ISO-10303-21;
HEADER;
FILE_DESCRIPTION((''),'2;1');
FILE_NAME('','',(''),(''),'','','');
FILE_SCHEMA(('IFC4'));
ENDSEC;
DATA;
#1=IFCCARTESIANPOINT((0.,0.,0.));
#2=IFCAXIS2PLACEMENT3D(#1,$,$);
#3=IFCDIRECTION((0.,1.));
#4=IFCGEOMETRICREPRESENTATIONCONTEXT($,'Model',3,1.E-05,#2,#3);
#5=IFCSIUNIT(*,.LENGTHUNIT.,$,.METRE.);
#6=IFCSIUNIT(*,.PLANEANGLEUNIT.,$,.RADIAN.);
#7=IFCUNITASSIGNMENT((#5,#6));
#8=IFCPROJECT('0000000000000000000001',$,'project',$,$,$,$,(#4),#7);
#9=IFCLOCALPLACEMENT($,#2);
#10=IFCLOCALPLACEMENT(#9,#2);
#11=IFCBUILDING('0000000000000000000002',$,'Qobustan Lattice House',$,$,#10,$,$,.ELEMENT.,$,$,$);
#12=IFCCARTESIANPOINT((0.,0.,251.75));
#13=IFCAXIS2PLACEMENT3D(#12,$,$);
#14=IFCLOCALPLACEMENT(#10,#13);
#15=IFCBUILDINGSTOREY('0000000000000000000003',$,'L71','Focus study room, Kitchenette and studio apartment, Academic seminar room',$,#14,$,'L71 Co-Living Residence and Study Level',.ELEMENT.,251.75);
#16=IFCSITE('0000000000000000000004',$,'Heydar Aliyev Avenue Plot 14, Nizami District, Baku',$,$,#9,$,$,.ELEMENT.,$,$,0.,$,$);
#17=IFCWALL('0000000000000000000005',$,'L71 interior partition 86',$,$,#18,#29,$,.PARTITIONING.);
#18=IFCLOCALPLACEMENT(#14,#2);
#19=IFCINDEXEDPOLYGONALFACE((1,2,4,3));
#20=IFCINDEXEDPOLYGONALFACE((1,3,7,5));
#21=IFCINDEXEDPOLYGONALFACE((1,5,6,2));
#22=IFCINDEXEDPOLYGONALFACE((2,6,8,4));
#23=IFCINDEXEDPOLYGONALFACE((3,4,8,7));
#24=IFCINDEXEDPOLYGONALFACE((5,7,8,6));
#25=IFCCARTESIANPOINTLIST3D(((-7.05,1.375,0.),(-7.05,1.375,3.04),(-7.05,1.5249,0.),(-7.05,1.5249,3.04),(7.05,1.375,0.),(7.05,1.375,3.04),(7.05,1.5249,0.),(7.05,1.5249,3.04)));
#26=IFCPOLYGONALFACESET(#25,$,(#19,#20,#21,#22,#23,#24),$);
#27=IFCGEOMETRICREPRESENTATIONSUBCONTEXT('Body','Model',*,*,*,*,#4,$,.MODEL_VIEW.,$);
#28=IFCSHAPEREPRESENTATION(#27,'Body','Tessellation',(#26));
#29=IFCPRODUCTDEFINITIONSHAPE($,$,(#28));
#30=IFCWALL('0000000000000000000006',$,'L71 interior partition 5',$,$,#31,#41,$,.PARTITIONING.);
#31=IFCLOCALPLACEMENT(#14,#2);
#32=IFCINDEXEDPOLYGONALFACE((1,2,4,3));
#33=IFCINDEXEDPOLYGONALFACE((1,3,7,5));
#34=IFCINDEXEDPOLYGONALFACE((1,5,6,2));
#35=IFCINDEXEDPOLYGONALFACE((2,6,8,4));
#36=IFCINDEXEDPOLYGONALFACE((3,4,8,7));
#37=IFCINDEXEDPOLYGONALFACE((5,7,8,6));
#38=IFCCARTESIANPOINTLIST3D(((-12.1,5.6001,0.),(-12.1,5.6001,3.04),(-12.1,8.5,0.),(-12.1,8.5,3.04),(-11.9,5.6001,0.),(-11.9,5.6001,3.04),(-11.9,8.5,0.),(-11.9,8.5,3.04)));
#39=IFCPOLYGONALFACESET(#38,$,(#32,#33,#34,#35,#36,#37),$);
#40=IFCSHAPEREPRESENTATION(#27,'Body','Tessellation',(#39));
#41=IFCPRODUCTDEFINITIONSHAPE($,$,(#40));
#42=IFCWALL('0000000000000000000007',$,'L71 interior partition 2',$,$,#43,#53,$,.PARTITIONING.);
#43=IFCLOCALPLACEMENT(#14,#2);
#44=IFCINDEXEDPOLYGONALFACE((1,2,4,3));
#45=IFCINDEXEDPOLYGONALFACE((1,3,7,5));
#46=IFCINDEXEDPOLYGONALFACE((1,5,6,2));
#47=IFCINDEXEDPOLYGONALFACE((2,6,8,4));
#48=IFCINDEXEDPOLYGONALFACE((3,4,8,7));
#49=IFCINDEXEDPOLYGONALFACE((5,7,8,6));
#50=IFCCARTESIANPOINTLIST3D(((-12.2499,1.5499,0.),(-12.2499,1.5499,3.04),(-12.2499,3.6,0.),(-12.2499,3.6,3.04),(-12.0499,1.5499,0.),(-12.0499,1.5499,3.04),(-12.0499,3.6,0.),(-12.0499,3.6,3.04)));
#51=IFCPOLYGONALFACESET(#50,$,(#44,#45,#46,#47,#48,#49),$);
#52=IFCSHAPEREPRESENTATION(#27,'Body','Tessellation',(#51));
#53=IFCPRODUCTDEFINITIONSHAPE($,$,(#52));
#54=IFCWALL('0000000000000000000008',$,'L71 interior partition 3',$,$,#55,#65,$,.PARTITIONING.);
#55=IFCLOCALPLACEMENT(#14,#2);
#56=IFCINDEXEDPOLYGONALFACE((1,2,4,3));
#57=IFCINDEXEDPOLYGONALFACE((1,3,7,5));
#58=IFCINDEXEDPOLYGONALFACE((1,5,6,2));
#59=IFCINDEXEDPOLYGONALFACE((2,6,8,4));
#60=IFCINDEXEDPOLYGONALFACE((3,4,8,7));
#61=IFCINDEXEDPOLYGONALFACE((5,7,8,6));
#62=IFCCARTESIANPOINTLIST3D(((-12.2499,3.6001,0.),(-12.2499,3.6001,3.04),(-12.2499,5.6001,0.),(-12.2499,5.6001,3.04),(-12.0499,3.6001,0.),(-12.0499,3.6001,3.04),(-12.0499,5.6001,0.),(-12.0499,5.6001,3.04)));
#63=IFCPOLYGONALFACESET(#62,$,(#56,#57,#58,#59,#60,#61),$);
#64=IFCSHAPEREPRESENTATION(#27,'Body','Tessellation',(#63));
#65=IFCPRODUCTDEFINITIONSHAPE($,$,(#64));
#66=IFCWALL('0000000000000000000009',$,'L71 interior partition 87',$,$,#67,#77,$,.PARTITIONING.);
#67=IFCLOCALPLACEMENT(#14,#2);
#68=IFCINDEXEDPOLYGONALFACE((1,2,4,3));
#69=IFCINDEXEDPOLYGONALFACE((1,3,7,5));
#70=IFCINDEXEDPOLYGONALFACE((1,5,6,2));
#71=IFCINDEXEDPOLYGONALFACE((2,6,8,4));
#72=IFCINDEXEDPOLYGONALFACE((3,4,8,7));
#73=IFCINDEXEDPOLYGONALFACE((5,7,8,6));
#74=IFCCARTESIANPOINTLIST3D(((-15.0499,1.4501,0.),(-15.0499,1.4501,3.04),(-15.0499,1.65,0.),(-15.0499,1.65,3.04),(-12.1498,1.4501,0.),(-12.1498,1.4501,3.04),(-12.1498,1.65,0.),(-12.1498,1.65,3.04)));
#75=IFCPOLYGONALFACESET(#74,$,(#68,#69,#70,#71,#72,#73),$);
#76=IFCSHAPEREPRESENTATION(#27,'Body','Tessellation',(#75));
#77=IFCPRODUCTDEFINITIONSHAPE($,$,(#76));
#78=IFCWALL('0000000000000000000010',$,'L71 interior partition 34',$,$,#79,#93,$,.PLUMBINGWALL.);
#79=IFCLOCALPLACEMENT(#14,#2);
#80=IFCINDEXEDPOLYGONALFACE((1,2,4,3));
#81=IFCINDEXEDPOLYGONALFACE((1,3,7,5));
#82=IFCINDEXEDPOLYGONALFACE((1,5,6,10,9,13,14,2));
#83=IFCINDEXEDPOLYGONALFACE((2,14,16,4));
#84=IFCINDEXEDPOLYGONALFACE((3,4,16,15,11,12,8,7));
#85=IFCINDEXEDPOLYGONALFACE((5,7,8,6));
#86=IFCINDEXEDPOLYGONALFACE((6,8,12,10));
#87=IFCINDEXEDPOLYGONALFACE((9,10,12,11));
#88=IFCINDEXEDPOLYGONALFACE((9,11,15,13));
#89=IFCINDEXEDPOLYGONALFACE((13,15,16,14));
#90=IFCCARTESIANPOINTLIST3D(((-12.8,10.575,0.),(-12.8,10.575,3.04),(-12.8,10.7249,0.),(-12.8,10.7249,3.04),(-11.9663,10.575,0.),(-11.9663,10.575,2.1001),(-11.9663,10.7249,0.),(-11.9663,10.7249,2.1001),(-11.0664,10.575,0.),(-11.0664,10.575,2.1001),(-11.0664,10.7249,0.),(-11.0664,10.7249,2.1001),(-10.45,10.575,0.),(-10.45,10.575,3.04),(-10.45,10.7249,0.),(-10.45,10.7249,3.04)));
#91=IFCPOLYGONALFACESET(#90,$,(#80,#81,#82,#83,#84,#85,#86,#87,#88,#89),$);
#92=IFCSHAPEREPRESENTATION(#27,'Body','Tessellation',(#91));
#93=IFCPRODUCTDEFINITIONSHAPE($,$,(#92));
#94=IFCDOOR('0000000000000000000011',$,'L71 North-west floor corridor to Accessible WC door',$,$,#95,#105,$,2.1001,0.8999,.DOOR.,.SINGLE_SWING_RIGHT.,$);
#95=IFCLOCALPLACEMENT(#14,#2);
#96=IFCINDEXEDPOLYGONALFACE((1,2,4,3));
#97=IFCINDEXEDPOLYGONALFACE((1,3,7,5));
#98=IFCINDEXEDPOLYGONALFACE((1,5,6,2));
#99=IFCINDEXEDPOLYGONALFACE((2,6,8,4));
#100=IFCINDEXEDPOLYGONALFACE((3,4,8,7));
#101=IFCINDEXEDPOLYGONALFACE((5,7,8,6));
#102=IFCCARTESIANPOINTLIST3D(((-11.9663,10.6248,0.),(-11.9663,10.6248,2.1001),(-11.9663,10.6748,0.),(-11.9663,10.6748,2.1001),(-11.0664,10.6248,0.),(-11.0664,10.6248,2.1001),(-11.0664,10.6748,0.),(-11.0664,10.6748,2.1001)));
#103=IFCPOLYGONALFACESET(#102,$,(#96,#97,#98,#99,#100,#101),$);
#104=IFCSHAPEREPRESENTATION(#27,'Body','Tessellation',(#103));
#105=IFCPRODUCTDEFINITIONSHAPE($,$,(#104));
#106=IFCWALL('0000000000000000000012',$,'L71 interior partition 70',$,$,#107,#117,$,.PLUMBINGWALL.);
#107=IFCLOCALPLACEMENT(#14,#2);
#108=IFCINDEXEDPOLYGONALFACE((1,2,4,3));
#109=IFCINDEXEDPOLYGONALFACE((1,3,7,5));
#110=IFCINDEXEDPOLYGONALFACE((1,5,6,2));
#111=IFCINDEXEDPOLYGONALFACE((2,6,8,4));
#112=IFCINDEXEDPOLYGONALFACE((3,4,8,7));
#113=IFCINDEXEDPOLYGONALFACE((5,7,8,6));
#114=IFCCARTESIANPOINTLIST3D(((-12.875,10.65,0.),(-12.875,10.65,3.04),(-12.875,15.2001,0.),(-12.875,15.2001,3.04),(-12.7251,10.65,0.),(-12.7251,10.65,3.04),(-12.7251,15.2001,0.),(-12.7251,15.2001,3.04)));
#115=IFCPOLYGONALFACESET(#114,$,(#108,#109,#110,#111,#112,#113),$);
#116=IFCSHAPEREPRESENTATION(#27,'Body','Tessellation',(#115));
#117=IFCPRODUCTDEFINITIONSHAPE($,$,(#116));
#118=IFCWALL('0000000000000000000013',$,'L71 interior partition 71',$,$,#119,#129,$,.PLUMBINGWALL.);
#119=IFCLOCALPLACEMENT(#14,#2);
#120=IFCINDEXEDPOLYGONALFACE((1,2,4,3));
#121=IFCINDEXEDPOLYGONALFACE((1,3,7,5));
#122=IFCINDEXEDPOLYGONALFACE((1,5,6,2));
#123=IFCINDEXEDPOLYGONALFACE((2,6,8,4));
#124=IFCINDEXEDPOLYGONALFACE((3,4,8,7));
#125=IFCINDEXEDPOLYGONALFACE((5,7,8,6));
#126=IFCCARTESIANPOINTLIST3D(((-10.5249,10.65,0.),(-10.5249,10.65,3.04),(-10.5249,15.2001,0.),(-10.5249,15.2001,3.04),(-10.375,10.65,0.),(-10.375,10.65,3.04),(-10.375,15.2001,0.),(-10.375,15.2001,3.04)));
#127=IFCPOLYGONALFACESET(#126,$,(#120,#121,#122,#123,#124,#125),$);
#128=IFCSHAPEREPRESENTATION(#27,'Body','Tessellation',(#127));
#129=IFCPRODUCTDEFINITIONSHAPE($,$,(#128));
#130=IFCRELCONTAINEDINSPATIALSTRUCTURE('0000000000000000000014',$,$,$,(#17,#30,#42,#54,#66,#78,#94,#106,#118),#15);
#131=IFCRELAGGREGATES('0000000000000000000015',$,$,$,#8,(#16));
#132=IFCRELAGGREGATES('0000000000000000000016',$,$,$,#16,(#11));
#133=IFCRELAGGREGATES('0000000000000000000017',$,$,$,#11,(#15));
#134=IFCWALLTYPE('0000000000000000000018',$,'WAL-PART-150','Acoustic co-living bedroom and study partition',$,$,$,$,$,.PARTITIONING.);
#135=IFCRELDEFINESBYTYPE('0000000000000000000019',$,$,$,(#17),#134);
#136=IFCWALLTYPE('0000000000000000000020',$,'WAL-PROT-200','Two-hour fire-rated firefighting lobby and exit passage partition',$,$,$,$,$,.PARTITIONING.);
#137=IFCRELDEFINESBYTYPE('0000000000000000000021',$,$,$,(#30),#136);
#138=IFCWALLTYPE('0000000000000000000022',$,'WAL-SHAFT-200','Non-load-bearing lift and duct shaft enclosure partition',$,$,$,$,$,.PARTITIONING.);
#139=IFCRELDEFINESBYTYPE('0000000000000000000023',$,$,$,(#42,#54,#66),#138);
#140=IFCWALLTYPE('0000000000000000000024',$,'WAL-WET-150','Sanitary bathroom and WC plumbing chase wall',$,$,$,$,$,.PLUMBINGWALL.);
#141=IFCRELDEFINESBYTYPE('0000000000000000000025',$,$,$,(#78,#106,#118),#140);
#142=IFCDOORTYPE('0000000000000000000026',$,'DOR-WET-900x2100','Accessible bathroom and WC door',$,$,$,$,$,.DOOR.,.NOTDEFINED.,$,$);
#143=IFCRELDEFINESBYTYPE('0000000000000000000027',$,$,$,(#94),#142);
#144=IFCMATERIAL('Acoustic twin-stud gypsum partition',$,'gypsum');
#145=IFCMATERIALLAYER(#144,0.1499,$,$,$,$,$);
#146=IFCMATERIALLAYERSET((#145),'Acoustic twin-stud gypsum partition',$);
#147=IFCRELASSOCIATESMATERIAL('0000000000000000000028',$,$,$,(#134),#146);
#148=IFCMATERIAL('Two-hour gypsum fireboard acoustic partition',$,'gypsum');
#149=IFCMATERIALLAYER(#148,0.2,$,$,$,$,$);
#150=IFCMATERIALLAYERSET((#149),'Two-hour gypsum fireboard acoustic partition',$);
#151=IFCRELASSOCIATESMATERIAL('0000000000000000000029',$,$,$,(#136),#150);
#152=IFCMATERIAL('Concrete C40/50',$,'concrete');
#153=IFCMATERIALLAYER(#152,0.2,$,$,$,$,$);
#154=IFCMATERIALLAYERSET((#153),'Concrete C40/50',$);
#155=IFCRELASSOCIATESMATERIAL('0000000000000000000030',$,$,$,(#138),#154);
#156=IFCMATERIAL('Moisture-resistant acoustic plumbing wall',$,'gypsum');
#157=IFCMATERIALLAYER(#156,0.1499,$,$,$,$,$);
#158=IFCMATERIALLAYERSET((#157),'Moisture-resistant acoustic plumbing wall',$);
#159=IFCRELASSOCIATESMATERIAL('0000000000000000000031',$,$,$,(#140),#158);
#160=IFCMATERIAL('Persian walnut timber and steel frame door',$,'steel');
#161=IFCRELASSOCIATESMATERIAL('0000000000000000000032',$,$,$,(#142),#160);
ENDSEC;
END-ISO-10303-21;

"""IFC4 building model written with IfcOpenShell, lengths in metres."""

from ifc_helpers import new_model, si_unit, direction, frame, frame_2d, origin, place, context, subcontext, project, spatial, rectangle, extrude, material, layer, layer_set, type_object, element, fill, save


model = new_model("IFC4")

# Units and contexts
model_context = context("Model", 3, precision=1e-05, world=origin(), true_north=direction((0.0, 1.0)))
body_context = subcontext(model_context, "Body", "Model", "MODEL_VIEW")
ifc_project = project(units=[si_unit("LENGTHUNIT", "METRE"), si_unit("PLANEANGLEUNIT", "RADIAN")], contexts=[model_context])

# Site, building, storey
site_placement = place(None, origin())
site = spatial("IfcSite", under=ifc_project, at=site_placement, Name="Heydar Aliyev Avenue Plot 14, Nizami District, Baku", CompositionType="ELEMENT", RefElevation=0.0)
building_placement = place(site_placement, origin())
building = spatial("IfcBuilding", under=site, at=building_placement, Name="Qobustan Lattice House", CompositionType="ELEMENT")
storey_placement = place(building_placement, frame((0.0, 0.0, 251.75)))
storey = spatial("IfcBuildingStorey", under=building, at=storey_placement, Name="L71", Description="Focus study room, Kitchenette and studio apartment, Academic seminar room", LongName="L71 Co-Living Residence and Study Level", CompositionType="ELEMENT", Elevation=251.75)

# Shared definitions
ifc_material_1 = material(Name="Acoustic twin-stud gypsum partition", Category="gypsum")
ifc_layer_1 = layer(ifc_material_1, 0.1499)
ifc_layer_set_1 = layer_set([ifc_layer_1], Name="Acoustic twin-stud gypsum partition")
wall_type_1 = type_object("IfcWallType", Name="WAL-PART-150", Description="Acoustic co-living bedroom and study partition", PredefinedType="PARTITIONING", material=ifc_layer_set_1)

# Wall
wall_1_placement = place(storey_placement, frame((-7.05, 1.45, 0.0), z_axis=(0.0, 0.0, 1.0), x_axis=(1.0, 0.0, 0.0)))
element("IfcWall", 1, at=wall_1_placement, inside=storey, type_object=wall_type_1, Name="L71 interior partition 86", PredefinedType="PARTITIONING", context=body_context, shape_type="SweptSolid", body=[
    extrude(rectangle(XDim=14.1001, YDim=0.1499, at=frame_2d((7.05, 0.0))), origin(), (0.0, 0.0, 1.0), 3.04),
])

# Shared definitions
ifc_material_2 = material(Name="Two-hour gypsum fireboard acoustic partition", Category="gypsum")
ifc_layer_2 = layer(ifc_material_2, 0.2)
ifc_layer_set_2 = layer_set([ifc_layer_2], Name="Two-hour gypsum fireboard acoustic partition")
wall_type_2 = type_object("IfcWallType", Name="WAL-PROT-200", Description="Two-hour fire-rated firefighting lobby and exit passage partition", PredefinedType="PARTITIONING", material=ifc_layer_set_2)

# Walls
wall_2_placement = place(storey_placement, frame((-12.0, 5.6001, 0.0), z_axis=(0.0, 0.0, 1.0), x_axis=(0.0, 1.0, 0.0)))
element("IfcWall", 2, at=wall_2_placement, inside=storey, type_object=wall_type_2, Name="L71 interior partition 5", PredefinedType="PARTITIONING", context=body_context, shape_type="SweptSolid", body=[
    extrude(rectangle(XDim=2.8999, YDim=0.2, at=frame_2d((1.45, 0.0))), origin(), (0.0, 0.0, 1.0), 3.04),
])
ifc_material_3 = material(Name="Concrete C40/50", Category="concrete")
ifc_layer_3 = layer(ifc_material_3, 0.2)
ifc_layer_set_3 = layer_set([ifc_layer_3], Name="Concrete C40/50")
wall_type_3 = type_object("IfcWallType", Name="WAL-SHAFT-200", Description="Non-load-bearing lift and duct shaft enclosure partition", PredefinedType="PARTITIONING", material=ifc_layer_set_3)
wall_3_placement = place(storey_placement, frame((-12.1499, 1.55, 0.0), z_axis=(0.0, 0.0, 1.0), x_axis=(0.0, 1.0, 0.0)))
element("IfcWall", 3, at=wall_3_placement, inside=storey, type_object=wall_type_3, Name="L71 interior partition 2", PredefinedType="PARTITIONING", context=body_context, shape_type="SweptSolid", body=[
    extrude(rectangle(XDim=2.05, YDim=0.2, at=frame_2d((1.0249, 0.0))), origin(), (0.0, 0.0, 1.0), 3.04),
])
wall_4_placement = place(storey_placement, frame((-12.1499, 3.6001, 0.0), z_axis=(0.0, 0.0, 1.0), x_axis=(0.0, 1.0, 0.0)))
element("IfcWall", 4, at=wall_4_placement, inside=storey, type_object=wall_type_3, Name="L71 interior partition 3", PredefinedType="PARTITIONING", context=body_context, shape_type="SweptSolid", body=[
    extrude(rectangle(XDim=2.0, YDim=0.2, at=frame_2d((1.0, 0.0))), origin(), (0.0, 0.0, 1.0), 3.04),
])
wall_5_placement = place(storey_placement, frame((-15.05, 1.55, 0.0), z_axis=(0.0, 0.0, 1.0), x_axis=(1.0, 0.0, 0.0)))
element("IfcWall", 5, at=wall_5_placement, inside=storey, type_object=wall_type_3, Name="L71 interior partition 87", PredefinedType="PARTITIONING", context=body_context, shape_type="SweptSolid", body=[
    extrude(rectangle(XDim=2.9001, YDim=0.2, at=frame_2d((1.4502, 0.0))), origin(), (0.0, 0.0, 1.0), 3.04),
])

# Wall, opening, door
ifc_material_4 = material(Name="Moisture-resistant acoustic plumbing wall", Category="gypsum")
ifc_layer_4 = layer(ifc_material_4, 0.1499)
ifc_layer_set_4 = layer_set([ifc_layer_4], Name="Moisture-resistant acoustic plumbing wall")
wall_type_4 = type_object("IfcWallType", Name="WAL-WET-150", Description="Sanitary bathroom and WC plumbing chase wall", PredefinedType="PLUMBINGWALL", material=ifc_layer_set_4)
wall_6_placement = place(storey_placement, frame((-12.8, 10.6499, 0.0), z_axis=(0.0, 0.0, 1.0), x_axis=(1.0, 0.0, 0.0)))
wall_6 = element("IfcWall", 6, at=wall_6_placement, inside=storey, type_object=wall_type_4, Name="L71 interior partition 34", PredefinedType="PLUMBINGWALL", context=body_context, shape_type="SweptSolid", body=[
    extrude(rectangle(XDim=2.3501, YDim=0.1499, at=frame_2d((1.175, 0.0))), origin(), (0.0, 0.0, 1.0), 3.04),
])
opening_1_placement = place(wall_6_placement, frame((0.8337, 0.0, 0.0)))
opening_1 = element("IfcOpeningElement", 7, at=opening_1_placement, cuts=wall_6, PredefinedType="OPENING", context=body_context, shape_type="SweptSolid", body=[
    extrude(rectangle(XDim=0.8999, YDim=2.1001, at=frame_2d((0.45, 1.05))), frame((0.0, 0.085, 0.0), z_axis=(0.0, -1.0, 0.0), x_axis=(1.0, 0.0, 0.0)), (0.0, 0.0, 1.0), 0.1699),
])
ifc_material_5 = material(Name="Persian walnut timber and steel frame door", Category="steel")
door_type_1 = type_object("IfcDoorType", Name="DOR-WET-900x2100", Description="Accessible bathroom and WC door", OperationType="NOTDEFINED", PredefinedType="DOOR", material=ifc_material_5)
door_1_placement = place(opening_1_placement, origin())
door_1 = element("IfcDoor", 8, at=door_1_placement, inside=storey, type_object=door_type_1, Name="L71 North-west floor corridor to Accessible WC door", OperationType="SINGLE_SWING_RIGHT", OverallHeight=2.1001, OverallWidth=0.8999, PredefinedType="DOOR", context=body_context, shape_type="SweptSolid", body=[
    extrude(rectangle(XDim=0.8999, YDim=2.1001, at=frame_2d((0.45, 1.05))), frame((0.0, 0.0249, 0.0), z_axis=(0.0, -1.0, 0.0), x_axis=(1.0, 0.0, 0.0)), (0.0, 0.0, 1.0), 0.05),
])
fill(opening_1, door_1)

# Walls
for number, where, z_axis, x_axis, name in (
    (9, (-12.8, 15.2, 0.0), (0.0, 0.0, 1.0), (0.0, -1.0, 0.0), "L71 interior partition 70"),
    (10, (-10.45, 15.2, 0.0), (0.0, 0.0, 1.0), (0.0, -1.0, 0.0), "L71 interior partition 71"),
):
    element("IfcWall", number, at=place(storey_placement, frame(where, z_axis=z_axis, x_axis=x_axis)), inside=storey, type_object=wall_type_4, Name=name, PredefinedType="PLUMBINGWALL", context=body_context, shape_type="SweptSolid", body=[
        extrude(rectangle(XDim=4.55, YDim=0.1499, at=frame_2d((2.2749, 0.0))), origin(), (0.0, 0.0, 1.0), 3.04),
    ])

save(model, "model.ifc")
